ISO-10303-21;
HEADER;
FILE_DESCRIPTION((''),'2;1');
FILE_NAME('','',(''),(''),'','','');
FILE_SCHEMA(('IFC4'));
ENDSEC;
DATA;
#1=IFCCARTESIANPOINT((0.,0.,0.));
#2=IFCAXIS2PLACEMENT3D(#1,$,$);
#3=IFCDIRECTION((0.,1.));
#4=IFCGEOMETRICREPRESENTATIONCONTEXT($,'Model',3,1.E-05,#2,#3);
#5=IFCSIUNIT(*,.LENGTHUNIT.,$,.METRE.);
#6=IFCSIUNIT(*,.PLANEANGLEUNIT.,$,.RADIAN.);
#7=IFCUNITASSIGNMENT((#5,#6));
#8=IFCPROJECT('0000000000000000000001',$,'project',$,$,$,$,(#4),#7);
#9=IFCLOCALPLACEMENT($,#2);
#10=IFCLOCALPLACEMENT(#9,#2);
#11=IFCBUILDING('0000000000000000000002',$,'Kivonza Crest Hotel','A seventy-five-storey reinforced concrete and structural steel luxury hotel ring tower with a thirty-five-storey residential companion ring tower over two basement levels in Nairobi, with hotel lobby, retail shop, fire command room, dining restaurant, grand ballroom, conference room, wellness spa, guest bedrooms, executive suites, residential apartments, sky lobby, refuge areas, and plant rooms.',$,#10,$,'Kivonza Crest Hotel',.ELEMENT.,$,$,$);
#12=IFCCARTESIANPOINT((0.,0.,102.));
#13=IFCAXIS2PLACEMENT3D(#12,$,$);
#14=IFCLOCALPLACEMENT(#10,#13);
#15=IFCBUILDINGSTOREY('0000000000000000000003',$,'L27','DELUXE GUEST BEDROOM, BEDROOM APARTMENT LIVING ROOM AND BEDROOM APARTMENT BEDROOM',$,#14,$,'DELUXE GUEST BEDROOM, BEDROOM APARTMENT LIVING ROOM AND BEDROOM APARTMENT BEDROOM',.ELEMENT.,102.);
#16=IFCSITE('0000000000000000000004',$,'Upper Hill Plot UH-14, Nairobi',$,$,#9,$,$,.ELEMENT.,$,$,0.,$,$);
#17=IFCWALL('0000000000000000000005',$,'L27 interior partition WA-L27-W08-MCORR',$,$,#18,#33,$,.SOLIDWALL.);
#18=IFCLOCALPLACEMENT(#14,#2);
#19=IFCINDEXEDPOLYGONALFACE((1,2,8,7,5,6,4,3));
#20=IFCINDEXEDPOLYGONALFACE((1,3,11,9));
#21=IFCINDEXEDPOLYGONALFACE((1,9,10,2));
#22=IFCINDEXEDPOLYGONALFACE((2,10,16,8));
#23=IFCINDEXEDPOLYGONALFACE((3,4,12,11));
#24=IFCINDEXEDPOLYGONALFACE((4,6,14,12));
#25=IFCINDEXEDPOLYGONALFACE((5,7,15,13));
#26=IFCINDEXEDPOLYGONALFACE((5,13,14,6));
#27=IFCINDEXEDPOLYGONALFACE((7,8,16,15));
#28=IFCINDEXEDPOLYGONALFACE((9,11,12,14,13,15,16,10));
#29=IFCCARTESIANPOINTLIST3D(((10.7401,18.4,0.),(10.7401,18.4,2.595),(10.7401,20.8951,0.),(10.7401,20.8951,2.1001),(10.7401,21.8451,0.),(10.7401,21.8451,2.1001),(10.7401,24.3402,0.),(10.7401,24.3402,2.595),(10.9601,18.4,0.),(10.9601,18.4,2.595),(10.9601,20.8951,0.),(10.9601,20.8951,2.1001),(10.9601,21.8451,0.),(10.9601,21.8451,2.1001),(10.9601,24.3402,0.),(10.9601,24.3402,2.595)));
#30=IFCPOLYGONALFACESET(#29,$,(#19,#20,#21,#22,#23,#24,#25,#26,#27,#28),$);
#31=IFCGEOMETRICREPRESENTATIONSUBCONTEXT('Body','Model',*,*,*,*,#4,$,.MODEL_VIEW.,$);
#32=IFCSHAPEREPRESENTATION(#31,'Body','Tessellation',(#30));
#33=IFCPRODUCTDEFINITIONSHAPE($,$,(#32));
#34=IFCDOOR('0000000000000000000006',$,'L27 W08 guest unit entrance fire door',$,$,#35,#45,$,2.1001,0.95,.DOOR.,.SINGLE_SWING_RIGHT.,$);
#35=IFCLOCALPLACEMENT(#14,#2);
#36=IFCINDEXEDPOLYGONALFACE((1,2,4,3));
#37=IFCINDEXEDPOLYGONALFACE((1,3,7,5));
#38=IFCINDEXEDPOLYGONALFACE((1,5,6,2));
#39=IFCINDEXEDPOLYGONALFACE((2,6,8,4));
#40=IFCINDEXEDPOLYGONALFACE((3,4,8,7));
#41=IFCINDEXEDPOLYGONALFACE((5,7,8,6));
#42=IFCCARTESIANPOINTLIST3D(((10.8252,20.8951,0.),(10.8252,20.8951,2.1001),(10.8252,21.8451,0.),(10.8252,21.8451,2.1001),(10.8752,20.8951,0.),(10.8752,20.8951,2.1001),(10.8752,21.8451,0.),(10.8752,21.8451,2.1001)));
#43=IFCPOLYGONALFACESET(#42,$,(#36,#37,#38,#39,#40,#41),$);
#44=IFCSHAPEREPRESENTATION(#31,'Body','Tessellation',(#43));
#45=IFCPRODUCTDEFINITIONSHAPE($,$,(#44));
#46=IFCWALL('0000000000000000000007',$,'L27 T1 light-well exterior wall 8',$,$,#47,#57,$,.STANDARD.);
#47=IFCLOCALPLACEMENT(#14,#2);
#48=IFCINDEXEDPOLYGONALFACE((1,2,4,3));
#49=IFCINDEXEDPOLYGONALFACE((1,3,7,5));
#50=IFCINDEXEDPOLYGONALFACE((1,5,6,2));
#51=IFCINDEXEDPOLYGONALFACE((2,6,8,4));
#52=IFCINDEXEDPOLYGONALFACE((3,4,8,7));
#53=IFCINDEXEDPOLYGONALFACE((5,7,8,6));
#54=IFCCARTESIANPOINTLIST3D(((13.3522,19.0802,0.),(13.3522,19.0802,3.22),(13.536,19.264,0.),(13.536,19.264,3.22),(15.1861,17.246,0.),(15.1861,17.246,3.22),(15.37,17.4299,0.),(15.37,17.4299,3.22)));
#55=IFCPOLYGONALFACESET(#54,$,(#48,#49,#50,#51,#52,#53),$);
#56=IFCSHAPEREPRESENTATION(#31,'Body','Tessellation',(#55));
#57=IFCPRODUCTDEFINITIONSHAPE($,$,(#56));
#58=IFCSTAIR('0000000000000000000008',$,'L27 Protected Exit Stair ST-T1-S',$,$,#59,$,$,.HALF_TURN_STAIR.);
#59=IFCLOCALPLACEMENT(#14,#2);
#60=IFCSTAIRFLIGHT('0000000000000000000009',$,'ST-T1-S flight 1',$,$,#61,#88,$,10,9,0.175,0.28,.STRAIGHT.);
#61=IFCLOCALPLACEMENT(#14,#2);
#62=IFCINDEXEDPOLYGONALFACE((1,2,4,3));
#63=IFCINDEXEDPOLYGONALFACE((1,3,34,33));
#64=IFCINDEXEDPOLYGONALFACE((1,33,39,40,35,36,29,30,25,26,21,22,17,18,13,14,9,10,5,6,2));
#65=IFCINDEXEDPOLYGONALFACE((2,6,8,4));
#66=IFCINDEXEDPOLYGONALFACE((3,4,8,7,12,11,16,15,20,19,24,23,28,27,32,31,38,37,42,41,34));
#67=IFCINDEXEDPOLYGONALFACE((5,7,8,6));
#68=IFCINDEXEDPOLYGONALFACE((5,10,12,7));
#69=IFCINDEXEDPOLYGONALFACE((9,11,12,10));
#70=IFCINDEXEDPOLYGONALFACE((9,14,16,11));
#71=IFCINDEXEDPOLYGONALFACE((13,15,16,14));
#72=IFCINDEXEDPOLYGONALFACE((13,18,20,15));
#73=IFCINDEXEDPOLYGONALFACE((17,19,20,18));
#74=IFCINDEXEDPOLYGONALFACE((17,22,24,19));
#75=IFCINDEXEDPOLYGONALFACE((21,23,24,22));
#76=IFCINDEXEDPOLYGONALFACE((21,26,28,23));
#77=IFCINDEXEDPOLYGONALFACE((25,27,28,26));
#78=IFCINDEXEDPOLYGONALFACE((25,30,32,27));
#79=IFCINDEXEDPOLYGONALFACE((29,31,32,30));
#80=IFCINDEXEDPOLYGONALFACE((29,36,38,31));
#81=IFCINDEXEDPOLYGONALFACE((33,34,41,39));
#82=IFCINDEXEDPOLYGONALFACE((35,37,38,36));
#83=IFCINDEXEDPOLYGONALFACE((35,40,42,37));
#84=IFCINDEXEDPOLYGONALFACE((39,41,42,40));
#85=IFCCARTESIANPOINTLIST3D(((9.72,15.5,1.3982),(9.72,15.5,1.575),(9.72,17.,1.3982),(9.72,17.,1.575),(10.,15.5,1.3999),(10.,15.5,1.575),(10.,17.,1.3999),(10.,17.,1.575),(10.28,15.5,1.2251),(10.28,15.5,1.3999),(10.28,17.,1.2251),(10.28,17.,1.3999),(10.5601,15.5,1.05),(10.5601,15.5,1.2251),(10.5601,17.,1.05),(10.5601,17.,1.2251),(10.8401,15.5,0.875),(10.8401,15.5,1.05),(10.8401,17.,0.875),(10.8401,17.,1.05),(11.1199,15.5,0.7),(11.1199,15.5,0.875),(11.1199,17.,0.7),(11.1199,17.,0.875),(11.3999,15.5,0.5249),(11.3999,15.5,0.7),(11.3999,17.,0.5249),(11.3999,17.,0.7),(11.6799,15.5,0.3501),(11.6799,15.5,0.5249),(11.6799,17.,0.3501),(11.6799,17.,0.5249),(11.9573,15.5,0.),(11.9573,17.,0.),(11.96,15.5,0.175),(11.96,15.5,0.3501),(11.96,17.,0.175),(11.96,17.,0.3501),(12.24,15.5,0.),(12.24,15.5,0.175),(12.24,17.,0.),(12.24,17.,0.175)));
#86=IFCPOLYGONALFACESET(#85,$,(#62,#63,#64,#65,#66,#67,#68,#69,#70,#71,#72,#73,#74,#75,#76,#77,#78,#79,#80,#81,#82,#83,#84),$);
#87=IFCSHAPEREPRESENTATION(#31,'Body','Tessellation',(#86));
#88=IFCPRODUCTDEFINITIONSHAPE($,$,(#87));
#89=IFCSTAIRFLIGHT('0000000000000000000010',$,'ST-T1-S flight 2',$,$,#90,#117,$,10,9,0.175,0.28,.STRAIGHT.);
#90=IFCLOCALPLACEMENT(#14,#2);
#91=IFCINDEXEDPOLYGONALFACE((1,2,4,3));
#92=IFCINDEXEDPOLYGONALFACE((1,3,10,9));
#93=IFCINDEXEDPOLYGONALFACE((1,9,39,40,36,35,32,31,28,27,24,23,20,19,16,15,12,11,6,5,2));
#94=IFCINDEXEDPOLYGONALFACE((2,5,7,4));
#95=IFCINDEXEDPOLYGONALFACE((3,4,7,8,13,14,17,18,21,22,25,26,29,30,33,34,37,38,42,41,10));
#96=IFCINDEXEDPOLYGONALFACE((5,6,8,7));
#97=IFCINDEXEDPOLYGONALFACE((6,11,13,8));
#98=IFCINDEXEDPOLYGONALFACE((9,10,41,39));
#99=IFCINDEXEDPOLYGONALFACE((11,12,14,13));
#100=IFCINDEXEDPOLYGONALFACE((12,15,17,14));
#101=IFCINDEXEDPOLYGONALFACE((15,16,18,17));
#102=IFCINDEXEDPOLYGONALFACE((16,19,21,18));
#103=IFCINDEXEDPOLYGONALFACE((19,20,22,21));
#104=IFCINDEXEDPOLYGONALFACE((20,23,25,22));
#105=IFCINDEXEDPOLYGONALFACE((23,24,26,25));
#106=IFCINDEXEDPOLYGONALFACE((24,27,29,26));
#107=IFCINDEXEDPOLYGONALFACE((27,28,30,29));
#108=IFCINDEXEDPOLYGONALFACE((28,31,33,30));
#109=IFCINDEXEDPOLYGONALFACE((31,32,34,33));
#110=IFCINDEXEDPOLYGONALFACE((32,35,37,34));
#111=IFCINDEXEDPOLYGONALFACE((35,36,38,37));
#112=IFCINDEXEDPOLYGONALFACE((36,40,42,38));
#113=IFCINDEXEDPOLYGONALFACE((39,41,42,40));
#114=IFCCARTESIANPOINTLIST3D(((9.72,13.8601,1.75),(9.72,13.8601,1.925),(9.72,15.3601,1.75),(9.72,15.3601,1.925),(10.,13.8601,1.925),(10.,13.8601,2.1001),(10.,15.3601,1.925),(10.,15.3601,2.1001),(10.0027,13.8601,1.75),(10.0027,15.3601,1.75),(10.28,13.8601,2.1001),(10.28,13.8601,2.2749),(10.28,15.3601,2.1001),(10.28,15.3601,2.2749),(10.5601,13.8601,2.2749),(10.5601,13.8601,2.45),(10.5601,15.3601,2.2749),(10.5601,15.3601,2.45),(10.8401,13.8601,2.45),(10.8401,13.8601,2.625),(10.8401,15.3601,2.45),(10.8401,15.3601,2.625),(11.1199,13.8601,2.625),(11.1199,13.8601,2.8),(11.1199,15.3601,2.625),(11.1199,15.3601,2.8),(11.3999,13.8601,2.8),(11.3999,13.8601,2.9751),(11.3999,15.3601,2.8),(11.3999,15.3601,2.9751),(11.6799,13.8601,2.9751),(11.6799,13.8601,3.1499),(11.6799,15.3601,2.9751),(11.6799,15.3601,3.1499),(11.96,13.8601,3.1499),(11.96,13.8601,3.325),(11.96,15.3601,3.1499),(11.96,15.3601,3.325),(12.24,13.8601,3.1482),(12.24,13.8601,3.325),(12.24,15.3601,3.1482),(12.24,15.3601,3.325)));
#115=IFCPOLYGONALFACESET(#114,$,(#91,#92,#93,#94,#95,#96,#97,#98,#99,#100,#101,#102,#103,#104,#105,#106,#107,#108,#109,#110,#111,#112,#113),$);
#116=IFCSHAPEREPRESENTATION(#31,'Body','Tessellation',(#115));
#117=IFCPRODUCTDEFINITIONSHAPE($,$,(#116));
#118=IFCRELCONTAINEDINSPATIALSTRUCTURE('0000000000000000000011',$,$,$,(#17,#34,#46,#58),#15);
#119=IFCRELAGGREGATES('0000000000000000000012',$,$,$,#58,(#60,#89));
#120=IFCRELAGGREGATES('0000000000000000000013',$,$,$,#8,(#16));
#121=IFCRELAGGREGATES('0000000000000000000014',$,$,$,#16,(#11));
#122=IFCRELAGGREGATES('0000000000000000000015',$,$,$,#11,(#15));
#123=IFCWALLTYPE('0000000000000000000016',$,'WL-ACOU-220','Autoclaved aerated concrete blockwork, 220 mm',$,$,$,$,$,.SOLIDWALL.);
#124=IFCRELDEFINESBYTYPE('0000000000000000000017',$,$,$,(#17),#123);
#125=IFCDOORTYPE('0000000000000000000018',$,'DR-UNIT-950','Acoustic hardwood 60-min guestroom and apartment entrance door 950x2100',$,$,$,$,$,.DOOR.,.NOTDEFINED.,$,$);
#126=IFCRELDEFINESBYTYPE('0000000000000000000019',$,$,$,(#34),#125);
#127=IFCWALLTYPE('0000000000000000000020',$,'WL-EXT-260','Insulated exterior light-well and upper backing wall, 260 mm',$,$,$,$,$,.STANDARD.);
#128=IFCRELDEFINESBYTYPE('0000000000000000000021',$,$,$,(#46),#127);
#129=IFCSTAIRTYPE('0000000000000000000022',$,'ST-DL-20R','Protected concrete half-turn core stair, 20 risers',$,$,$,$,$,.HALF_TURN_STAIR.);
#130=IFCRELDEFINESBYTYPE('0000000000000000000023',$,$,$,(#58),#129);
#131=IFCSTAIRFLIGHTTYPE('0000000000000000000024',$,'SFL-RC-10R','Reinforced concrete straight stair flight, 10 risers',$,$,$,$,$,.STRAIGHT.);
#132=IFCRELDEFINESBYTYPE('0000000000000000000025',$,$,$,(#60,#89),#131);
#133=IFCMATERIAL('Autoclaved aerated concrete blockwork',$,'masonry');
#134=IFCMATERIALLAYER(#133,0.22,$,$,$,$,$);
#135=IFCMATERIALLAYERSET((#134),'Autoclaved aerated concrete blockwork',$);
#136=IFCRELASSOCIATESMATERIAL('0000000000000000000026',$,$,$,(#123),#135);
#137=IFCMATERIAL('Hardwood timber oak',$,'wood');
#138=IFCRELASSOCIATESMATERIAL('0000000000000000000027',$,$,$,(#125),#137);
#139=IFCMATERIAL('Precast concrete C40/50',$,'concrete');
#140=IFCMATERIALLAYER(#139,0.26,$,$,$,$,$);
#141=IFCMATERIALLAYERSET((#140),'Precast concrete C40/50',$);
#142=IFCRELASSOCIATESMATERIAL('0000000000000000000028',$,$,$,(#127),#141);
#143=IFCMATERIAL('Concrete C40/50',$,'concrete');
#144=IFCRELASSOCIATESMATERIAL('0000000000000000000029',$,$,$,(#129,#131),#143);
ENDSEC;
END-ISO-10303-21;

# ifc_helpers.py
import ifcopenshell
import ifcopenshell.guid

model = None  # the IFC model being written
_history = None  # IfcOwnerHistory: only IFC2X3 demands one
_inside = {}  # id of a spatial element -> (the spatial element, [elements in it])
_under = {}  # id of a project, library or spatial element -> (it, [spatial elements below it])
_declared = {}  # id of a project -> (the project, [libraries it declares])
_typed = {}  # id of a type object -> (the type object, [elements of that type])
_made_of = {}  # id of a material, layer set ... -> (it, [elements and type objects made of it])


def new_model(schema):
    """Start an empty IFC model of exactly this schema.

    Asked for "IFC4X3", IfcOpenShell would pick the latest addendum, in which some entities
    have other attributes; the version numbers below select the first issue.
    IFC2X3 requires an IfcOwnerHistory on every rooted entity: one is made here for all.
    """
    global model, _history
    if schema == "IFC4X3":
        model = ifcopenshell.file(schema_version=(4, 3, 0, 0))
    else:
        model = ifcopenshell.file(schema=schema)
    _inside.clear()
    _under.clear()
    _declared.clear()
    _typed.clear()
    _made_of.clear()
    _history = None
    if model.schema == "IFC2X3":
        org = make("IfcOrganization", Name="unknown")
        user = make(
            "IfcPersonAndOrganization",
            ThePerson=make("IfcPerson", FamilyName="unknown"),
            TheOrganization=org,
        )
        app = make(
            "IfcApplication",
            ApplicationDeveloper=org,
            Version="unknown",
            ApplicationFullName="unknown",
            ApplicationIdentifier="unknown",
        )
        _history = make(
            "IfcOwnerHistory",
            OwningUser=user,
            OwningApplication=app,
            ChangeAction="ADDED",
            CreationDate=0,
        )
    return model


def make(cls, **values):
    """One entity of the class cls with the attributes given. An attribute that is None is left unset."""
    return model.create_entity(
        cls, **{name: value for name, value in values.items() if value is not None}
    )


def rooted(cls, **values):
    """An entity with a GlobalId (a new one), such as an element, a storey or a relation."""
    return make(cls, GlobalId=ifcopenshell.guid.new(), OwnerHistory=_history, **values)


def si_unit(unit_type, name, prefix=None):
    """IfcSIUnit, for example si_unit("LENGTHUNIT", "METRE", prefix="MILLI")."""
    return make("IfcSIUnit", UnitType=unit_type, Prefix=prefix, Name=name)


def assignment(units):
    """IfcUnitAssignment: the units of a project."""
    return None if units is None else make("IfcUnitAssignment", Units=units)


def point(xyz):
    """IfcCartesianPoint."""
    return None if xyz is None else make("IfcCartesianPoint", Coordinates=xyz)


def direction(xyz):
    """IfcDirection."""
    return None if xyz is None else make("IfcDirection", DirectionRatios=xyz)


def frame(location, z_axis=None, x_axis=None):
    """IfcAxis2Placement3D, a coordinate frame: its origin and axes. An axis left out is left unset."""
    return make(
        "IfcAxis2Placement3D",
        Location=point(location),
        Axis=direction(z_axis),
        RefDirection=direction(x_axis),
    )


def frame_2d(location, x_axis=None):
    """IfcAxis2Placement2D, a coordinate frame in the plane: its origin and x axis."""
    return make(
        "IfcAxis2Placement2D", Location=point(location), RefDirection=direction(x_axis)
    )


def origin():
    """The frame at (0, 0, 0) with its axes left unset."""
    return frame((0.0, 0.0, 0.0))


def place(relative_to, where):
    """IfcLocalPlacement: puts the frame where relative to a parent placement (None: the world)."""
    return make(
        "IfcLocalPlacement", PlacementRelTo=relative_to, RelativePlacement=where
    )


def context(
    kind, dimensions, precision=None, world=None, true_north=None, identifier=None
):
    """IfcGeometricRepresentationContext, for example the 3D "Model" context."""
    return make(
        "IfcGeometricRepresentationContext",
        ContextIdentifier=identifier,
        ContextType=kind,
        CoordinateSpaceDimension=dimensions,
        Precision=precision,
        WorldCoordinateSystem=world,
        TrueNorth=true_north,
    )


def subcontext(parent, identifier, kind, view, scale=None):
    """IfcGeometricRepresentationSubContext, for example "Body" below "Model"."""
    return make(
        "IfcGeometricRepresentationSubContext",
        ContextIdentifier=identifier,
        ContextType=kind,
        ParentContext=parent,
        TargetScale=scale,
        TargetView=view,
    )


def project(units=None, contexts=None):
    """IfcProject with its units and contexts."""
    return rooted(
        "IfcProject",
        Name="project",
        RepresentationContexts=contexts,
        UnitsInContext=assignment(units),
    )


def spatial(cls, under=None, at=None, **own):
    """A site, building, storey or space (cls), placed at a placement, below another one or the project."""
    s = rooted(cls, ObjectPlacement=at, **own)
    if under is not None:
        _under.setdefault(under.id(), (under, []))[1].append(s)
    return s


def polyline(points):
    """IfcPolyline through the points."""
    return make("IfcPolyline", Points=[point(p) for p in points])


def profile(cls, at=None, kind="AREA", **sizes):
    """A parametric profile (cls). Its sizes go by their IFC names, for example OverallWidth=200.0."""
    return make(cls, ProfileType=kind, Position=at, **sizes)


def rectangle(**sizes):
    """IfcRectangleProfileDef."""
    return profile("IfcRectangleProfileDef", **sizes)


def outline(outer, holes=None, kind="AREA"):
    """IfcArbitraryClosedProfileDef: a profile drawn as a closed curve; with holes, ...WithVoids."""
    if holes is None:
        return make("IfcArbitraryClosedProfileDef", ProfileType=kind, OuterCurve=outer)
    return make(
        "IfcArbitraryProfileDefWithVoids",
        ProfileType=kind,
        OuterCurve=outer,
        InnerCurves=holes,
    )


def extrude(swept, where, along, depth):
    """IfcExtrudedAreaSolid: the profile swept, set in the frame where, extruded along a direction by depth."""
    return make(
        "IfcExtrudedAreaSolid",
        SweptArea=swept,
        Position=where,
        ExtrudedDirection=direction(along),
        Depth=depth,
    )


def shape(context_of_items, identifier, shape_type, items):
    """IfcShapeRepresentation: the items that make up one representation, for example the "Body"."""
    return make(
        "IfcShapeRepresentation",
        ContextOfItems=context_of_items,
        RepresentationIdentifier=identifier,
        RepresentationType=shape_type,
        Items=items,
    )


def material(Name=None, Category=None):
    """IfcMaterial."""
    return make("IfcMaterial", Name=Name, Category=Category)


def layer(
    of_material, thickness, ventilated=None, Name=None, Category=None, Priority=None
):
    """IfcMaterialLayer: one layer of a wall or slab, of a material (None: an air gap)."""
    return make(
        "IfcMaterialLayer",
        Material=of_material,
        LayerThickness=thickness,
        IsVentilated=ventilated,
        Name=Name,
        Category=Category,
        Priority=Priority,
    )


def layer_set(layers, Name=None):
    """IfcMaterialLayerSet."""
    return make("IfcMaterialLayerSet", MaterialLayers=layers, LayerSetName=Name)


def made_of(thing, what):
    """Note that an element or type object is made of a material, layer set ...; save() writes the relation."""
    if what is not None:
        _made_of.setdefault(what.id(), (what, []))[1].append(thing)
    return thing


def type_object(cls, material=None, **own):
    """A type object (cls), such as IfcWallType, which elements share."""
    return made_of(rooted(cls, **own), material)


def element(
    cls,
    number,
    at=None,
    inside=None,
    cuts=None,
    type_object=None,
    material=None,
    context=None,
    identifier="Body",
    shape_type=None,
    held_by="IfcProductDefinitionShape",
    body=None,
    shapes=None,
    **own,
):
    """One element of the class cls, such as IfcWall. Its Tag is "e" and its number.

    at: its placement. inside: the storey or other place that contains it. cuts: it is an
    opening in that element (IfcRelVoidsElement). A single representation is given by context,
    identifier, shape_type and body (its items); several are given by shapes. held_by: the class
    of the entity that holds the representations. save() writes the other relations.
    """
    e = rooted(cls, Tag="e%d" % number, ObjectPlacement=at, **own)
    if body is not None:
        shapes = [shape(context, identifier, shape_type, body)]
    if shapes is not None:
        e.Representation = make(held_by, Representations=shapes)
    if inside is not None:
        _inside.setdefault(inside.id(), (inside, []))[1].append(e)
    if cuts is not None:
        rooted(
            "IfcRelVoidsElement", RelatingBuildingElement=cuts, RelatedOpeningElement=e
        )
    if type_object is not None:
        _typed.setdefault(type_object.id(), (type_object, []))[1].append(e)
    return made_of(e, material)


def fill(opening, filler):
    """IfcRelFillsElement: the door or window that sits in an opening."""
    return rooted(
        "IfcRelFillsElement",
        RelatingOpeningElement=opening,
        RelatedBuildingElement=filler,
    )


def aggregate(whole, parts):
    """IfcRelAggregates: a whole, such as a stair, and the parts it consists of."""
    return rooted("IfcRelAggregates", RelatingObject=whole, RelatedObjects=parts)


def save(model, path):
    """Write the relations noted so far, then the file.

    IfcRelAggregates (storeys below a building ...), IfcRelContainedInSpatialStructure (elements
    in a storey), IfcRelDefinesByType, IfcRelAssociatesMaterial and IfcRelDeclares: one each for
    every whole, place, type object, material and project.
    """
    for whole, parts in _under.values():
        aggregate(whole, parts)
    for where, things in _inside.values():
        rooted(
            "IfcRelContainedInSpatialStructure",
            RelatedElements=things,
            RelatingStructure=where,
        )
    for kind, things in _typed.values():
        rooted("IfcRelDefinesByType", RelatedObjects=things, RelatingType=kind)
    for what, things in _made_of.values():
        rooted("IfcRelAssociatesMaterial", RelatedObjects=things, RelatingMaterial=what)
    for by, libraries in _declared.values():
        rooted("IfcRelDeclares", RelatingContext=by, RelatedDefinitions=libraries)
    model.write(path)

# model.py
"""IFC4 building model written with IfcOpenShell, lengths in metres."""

from ifc_helpers import new_model, si_unit, direction, frame, frame_2d, origin, place, context, subcontext, project, spatial, polyline, rectangle, outline, extrude, material, layer, layer_set, type_object, element, fill, aggregate, save


model = new_model("IFC4")

# Units and contexts
model_context = context("Model", 3, precision=1e-05, world=origin(), true_north=direction((0.0, 1.0)))
body_context = subcontext(model_context, "Body", "Model", "MODEL_VIEW")
ifc_project = project(units=[si_unit("LENGTHUNIT", "METRE"), si_unit("PLANEANGLEUNIT", "RADIAN")], contexts=[model_context])

# Site, building, storey
site_placement = place(None, origin())
site = spatial("IfcSite", under=ifc_project, at=site_placement, Name="Upper Hill Plot UH-14, Nairobi", CompositionType="ELEMENT", RefElevation=0.0)
building_placement = place(site_placement, origin())
building = spatial("IfcBuilding", under=site, at=building_placement, Name="Kivonza Crest Hotel", Description="A seventy-five-storey reinforced concrete and structural steel luxury hotel ring tower with a thirty-five-storey residential companion ring tower over two basement levels in Nairobi, with hotel lobby, retail shop, fire command room, dining restaurant, grand ballroom, conference room, wellness spa, guest bedrooms, executive suites, residential apartments, sky lobby, refuge areas, and plant rooms.", LongName="Kivonza Crest Hotel", CompositionType="ELEMENT")
storey_placement = place(building_placement, frame((0.0, 0.0, 102.0)))
storey = spatial("IfcBuildingStorey", under=building, at=storey_placement, Name="L27", Description="DELUXE GUEST BEDROOM, BEDROOM APARTMENT LIVING ROOM AND BEDROOM APARTMENT BEDROOM", LongName="DELUXE GUEST BEDROOM, BEDROOM APARTMENT LIVING ROOM AND BEDROOM APARTMENT BEDROOM", CompositionType="ELEMENT", Elevation=102.0)

# Shared definitions
ifc_material_1 = material(Name="Autoclaved aerated concrete blockwork", Category="masonry")
ifc_layer_1 = layer(ifc_material_1, 0.22)
ifc_layer_set_1 = layer_set([ifc_layer_1], Name="Autoclaved aerated concrete blockwork")
wall_type_1 = type_object("IfcWallType", Name="WL-ACOU-220", Description="Autoclaved aerated concrete blockwork, 220 mm", PredefinedType="SOLIDWALL", material=ifc_layer_set_1)
ifc_material_2 = material(Name="Hardwood timber oak", Category="wood")
door_type_1 = type_object("IfcDoorType", Name="DR-UNIT-950", Description="Acoustic hardwood 60-min guestroom and apartment entrance door 950x2100", OperationType="NOTDEFINED", PredefinedType="DOOR", material=ifc_material_2)

# Wall, opening, door
wall_1_placement = place(storey_placement, frame((10.8501, 18.3999, 0.0), z_axis=(0.0, 0.0, 1.0), x_axis=(0.0, 1.0, 0.0)))
wall_1 = element("IfcWall", 1, at=wall_1_placement, inside=storey, type_object=wall_type_1, Name="L27 interior partition WA-L27-W08-MCORR", PredefinedType="SOLIDWALL", context=body_context, shape_type="SweptSolid", body=[
    extrude(rectangle(XDim=5.9402, YDim=0.22, at=frame_2d((2.9702, 0.0))), origin(), (0.0, 0.0, 1.0), 2.595),
])
opening_1_placement = place(wall_1_placement, frame((2.4951, 0.0, 0.0)))
opening_1 = element("IfcOpeningElement", 2, at=opening_1_placement, cuts=wall_1, PredefinedType="OPENING", context=body_context, shape_type="SweptSolid", body=[
    extrude(rectangle(XDim=0.95, YDim=2.1001, at=frame_2d((0.4751, 1.05))), frame((0.0, 0.1201, 0.0), z_axis=(0.0, -1.0, 0.0), x_axis=(1.0, 0.0, 0.0)), (0.0, 0.0, 1.0), 0.24),
])
door_1_placement = place(opening_1_placement, origin())
door_1 = element("IfcDoor", 3, at=door_1_placement, inside=storey, type_object=door_type_1, Name="L27 W08 guest unit entrance fire door", OperationType="SINGLE_SWING_RIGHT", OverallHeight=2.1001, OverallWidth=0.95, PredefinedType="DOOR", context=body_context, shape_type="SweptSolid", body=[
    extrude(rectangle(XDim=0.95, YDim=2.1001, at=frame_2d((0.4751, 1.05))), frame((0.0, 0.0249, 0.0), z_axis=(0.0, -1.0, 0.0), x_axis=(1.0, 0.0, 0.0)), (0.0, 0.0, 1.0), 0.05),
])
fill(opening_1, door_1)

# Wall
ifc_material_3 = material(Name="Precast concrete C40/50", Category="concrete")
ifc_layer_2 = layer(ifc_material_3, 0.26)
ifc_layer_set_2 = layer_set([ifc_layer_2], Name="Precast concrete C40/50")
wall_type_2 = type_object("IfcWallType", Name="WL-EXT-260", Description="Insulated exterior light-well and upper backing wall, 260 mm", PredefinedType="STANDARD", material=ifc_layer_set_2)
wall_2_placement = place(storey_placement, frame((13.4441, 19.1721, 0.0), z_axis=(0.0, 0.0, 1.0), x_axis=(0.70706, -0.707154, 0.0)))
element("IfcWall", 4, at=wall_2_placement, inside=storey, type_object=wall_type_2, Name="L27 T1 light-well exterior wall 8", PredefinedType="STANDARD", context=body_context, shape_type="SweptSolid", body=[
    extrude(rectangle(XDim=2.5938, YDim=0.26, at=frame_2d((1.2969, 0.0))), origin(), (0.0, 0.0, 1.0), 3.22),
])

# Stair, stair flights
ifc_material_4 = material(Name="Concrete C40/50", Category="concrete")
stair_type = type_object("IfcStairType", Name="ST-DL-20R", Description="Protected concrete half-turn core stair, 20 risers", PredefinedType="HALF_TURN_STAIR", material=ifc_material_4)
stair_placement = place(storey_placement, origin())
stair = element("IfcStair", 5, at=stair_placement, inside=storey, type_object=stair_type, Name="L27 Protected Exit Stair ST-T1-S", PredefinedType="HALF_TURN_STAIR")
stair_flight_type = type_object("IfcStairFlightType", Name="SFL-RC-10R", Description="Reinforced concrete straight stair flight, 10 risers", PredefinedType="STRAIGHT", material=ifc_material_4)
stair_flight_1_placement = place(storey_placement, frame((12.24, 16.25, 0.0), z_axis=(0.0, 0.0, 1.0), x_axis=(-1.0, 0.0, 0.0)))
stair_flight_1 = element("IfcStairFlight", 6, at=stair_flight_1_placement, type_object=stair_flight_type, Name="ST-T1-S flight 1", NumberOfRisers=10, NumberOfTreads=9, PredefinedType="STRAIGHT", RiserHeight=0.175, TreadLength=0.28, context=body_context, shape_type="SweptSolid", body=[
    extrude(outline(polyline([(0.0, 0.0), (0.0, 0.175), (0.28, 0.175), (0.28, 0.3501), (0.5601, 0.3501), (0.5601, 0.5249), (0.8401, 0.5249), (0.8401, 0.7), (1.1201, 0.7), (1.1201, 0.875), (1.3999, 0.875), (1.3999, 1.05), (1.6799, 1.05), (1.6799, 1.2251), (1.96, 1.2251), (1.96, 1.3999), (2.24, 1.3999), (2.24, 1.575), (2.52, 1.575), (2.52, 1.75), (2.52, 1.3982), (0.2827, 0.0), (0.0, 0.0)])), frame((0.0, 0.75, 0.0), z_axis=(0.0, -1.0, 0.0), x_axis=(1.0, 0.0, 0.0)), (0.0, 0.0, 1.0), 1.5),
])
stair_flight_2_placement = place(storey_placement, frame((9.72, 14.6101, 1.75), z_axis=(0.0, 0.0, 1.0), x_axis=(1.0, 0.0, 0.0)))
stair_flight_2 = element("IfcStairFlight", 7, at=stair_flight_2_placement, type_object=stair_flight_type, Name="ST-T1-S flight 2", NumberOfRisers=10, NumberOfTreads=9, PredefinedType="STRAIGHT", RiserHeight=0.175, TreadLength=0.28, context=body_context, shape_type="SweptSolid", body=[
    extrude(outline(polyline([(0.0, 0.0), (0.0, 0.175), (0.28, 0.175), (0.28, 0.3501), (0.5601, 0.3501), (0.5601, 0.5249), (0.8401, 0.5249), (0.8401, 0.7), (1.1201, 0.7), (1.1201, 0.875), (1.3999, 0.875), (1.3999, 1.05), (1.6799, 1.05), (1.6799, 1.2251), (1.96, 1.2251), (1.96, 1.3999), (2.24, 1.3999), (2.24, 1.575), (2.52, 1.575), (2.52, 1.75), (2.52, 1.3982), (0.2827, 0.0), (0.0, 0.0)])), frame((0.0, 0.75, 0.0), z_axis=(0.0, -1.0, 0.0), x_axis=(1.0, 0.0, 0.0)), (0.0, 0.0, 1.0), 1.5),
])
aggregate(stair, [stair_flight_1, stair_flight_2])

save(model, "model.ifc")
